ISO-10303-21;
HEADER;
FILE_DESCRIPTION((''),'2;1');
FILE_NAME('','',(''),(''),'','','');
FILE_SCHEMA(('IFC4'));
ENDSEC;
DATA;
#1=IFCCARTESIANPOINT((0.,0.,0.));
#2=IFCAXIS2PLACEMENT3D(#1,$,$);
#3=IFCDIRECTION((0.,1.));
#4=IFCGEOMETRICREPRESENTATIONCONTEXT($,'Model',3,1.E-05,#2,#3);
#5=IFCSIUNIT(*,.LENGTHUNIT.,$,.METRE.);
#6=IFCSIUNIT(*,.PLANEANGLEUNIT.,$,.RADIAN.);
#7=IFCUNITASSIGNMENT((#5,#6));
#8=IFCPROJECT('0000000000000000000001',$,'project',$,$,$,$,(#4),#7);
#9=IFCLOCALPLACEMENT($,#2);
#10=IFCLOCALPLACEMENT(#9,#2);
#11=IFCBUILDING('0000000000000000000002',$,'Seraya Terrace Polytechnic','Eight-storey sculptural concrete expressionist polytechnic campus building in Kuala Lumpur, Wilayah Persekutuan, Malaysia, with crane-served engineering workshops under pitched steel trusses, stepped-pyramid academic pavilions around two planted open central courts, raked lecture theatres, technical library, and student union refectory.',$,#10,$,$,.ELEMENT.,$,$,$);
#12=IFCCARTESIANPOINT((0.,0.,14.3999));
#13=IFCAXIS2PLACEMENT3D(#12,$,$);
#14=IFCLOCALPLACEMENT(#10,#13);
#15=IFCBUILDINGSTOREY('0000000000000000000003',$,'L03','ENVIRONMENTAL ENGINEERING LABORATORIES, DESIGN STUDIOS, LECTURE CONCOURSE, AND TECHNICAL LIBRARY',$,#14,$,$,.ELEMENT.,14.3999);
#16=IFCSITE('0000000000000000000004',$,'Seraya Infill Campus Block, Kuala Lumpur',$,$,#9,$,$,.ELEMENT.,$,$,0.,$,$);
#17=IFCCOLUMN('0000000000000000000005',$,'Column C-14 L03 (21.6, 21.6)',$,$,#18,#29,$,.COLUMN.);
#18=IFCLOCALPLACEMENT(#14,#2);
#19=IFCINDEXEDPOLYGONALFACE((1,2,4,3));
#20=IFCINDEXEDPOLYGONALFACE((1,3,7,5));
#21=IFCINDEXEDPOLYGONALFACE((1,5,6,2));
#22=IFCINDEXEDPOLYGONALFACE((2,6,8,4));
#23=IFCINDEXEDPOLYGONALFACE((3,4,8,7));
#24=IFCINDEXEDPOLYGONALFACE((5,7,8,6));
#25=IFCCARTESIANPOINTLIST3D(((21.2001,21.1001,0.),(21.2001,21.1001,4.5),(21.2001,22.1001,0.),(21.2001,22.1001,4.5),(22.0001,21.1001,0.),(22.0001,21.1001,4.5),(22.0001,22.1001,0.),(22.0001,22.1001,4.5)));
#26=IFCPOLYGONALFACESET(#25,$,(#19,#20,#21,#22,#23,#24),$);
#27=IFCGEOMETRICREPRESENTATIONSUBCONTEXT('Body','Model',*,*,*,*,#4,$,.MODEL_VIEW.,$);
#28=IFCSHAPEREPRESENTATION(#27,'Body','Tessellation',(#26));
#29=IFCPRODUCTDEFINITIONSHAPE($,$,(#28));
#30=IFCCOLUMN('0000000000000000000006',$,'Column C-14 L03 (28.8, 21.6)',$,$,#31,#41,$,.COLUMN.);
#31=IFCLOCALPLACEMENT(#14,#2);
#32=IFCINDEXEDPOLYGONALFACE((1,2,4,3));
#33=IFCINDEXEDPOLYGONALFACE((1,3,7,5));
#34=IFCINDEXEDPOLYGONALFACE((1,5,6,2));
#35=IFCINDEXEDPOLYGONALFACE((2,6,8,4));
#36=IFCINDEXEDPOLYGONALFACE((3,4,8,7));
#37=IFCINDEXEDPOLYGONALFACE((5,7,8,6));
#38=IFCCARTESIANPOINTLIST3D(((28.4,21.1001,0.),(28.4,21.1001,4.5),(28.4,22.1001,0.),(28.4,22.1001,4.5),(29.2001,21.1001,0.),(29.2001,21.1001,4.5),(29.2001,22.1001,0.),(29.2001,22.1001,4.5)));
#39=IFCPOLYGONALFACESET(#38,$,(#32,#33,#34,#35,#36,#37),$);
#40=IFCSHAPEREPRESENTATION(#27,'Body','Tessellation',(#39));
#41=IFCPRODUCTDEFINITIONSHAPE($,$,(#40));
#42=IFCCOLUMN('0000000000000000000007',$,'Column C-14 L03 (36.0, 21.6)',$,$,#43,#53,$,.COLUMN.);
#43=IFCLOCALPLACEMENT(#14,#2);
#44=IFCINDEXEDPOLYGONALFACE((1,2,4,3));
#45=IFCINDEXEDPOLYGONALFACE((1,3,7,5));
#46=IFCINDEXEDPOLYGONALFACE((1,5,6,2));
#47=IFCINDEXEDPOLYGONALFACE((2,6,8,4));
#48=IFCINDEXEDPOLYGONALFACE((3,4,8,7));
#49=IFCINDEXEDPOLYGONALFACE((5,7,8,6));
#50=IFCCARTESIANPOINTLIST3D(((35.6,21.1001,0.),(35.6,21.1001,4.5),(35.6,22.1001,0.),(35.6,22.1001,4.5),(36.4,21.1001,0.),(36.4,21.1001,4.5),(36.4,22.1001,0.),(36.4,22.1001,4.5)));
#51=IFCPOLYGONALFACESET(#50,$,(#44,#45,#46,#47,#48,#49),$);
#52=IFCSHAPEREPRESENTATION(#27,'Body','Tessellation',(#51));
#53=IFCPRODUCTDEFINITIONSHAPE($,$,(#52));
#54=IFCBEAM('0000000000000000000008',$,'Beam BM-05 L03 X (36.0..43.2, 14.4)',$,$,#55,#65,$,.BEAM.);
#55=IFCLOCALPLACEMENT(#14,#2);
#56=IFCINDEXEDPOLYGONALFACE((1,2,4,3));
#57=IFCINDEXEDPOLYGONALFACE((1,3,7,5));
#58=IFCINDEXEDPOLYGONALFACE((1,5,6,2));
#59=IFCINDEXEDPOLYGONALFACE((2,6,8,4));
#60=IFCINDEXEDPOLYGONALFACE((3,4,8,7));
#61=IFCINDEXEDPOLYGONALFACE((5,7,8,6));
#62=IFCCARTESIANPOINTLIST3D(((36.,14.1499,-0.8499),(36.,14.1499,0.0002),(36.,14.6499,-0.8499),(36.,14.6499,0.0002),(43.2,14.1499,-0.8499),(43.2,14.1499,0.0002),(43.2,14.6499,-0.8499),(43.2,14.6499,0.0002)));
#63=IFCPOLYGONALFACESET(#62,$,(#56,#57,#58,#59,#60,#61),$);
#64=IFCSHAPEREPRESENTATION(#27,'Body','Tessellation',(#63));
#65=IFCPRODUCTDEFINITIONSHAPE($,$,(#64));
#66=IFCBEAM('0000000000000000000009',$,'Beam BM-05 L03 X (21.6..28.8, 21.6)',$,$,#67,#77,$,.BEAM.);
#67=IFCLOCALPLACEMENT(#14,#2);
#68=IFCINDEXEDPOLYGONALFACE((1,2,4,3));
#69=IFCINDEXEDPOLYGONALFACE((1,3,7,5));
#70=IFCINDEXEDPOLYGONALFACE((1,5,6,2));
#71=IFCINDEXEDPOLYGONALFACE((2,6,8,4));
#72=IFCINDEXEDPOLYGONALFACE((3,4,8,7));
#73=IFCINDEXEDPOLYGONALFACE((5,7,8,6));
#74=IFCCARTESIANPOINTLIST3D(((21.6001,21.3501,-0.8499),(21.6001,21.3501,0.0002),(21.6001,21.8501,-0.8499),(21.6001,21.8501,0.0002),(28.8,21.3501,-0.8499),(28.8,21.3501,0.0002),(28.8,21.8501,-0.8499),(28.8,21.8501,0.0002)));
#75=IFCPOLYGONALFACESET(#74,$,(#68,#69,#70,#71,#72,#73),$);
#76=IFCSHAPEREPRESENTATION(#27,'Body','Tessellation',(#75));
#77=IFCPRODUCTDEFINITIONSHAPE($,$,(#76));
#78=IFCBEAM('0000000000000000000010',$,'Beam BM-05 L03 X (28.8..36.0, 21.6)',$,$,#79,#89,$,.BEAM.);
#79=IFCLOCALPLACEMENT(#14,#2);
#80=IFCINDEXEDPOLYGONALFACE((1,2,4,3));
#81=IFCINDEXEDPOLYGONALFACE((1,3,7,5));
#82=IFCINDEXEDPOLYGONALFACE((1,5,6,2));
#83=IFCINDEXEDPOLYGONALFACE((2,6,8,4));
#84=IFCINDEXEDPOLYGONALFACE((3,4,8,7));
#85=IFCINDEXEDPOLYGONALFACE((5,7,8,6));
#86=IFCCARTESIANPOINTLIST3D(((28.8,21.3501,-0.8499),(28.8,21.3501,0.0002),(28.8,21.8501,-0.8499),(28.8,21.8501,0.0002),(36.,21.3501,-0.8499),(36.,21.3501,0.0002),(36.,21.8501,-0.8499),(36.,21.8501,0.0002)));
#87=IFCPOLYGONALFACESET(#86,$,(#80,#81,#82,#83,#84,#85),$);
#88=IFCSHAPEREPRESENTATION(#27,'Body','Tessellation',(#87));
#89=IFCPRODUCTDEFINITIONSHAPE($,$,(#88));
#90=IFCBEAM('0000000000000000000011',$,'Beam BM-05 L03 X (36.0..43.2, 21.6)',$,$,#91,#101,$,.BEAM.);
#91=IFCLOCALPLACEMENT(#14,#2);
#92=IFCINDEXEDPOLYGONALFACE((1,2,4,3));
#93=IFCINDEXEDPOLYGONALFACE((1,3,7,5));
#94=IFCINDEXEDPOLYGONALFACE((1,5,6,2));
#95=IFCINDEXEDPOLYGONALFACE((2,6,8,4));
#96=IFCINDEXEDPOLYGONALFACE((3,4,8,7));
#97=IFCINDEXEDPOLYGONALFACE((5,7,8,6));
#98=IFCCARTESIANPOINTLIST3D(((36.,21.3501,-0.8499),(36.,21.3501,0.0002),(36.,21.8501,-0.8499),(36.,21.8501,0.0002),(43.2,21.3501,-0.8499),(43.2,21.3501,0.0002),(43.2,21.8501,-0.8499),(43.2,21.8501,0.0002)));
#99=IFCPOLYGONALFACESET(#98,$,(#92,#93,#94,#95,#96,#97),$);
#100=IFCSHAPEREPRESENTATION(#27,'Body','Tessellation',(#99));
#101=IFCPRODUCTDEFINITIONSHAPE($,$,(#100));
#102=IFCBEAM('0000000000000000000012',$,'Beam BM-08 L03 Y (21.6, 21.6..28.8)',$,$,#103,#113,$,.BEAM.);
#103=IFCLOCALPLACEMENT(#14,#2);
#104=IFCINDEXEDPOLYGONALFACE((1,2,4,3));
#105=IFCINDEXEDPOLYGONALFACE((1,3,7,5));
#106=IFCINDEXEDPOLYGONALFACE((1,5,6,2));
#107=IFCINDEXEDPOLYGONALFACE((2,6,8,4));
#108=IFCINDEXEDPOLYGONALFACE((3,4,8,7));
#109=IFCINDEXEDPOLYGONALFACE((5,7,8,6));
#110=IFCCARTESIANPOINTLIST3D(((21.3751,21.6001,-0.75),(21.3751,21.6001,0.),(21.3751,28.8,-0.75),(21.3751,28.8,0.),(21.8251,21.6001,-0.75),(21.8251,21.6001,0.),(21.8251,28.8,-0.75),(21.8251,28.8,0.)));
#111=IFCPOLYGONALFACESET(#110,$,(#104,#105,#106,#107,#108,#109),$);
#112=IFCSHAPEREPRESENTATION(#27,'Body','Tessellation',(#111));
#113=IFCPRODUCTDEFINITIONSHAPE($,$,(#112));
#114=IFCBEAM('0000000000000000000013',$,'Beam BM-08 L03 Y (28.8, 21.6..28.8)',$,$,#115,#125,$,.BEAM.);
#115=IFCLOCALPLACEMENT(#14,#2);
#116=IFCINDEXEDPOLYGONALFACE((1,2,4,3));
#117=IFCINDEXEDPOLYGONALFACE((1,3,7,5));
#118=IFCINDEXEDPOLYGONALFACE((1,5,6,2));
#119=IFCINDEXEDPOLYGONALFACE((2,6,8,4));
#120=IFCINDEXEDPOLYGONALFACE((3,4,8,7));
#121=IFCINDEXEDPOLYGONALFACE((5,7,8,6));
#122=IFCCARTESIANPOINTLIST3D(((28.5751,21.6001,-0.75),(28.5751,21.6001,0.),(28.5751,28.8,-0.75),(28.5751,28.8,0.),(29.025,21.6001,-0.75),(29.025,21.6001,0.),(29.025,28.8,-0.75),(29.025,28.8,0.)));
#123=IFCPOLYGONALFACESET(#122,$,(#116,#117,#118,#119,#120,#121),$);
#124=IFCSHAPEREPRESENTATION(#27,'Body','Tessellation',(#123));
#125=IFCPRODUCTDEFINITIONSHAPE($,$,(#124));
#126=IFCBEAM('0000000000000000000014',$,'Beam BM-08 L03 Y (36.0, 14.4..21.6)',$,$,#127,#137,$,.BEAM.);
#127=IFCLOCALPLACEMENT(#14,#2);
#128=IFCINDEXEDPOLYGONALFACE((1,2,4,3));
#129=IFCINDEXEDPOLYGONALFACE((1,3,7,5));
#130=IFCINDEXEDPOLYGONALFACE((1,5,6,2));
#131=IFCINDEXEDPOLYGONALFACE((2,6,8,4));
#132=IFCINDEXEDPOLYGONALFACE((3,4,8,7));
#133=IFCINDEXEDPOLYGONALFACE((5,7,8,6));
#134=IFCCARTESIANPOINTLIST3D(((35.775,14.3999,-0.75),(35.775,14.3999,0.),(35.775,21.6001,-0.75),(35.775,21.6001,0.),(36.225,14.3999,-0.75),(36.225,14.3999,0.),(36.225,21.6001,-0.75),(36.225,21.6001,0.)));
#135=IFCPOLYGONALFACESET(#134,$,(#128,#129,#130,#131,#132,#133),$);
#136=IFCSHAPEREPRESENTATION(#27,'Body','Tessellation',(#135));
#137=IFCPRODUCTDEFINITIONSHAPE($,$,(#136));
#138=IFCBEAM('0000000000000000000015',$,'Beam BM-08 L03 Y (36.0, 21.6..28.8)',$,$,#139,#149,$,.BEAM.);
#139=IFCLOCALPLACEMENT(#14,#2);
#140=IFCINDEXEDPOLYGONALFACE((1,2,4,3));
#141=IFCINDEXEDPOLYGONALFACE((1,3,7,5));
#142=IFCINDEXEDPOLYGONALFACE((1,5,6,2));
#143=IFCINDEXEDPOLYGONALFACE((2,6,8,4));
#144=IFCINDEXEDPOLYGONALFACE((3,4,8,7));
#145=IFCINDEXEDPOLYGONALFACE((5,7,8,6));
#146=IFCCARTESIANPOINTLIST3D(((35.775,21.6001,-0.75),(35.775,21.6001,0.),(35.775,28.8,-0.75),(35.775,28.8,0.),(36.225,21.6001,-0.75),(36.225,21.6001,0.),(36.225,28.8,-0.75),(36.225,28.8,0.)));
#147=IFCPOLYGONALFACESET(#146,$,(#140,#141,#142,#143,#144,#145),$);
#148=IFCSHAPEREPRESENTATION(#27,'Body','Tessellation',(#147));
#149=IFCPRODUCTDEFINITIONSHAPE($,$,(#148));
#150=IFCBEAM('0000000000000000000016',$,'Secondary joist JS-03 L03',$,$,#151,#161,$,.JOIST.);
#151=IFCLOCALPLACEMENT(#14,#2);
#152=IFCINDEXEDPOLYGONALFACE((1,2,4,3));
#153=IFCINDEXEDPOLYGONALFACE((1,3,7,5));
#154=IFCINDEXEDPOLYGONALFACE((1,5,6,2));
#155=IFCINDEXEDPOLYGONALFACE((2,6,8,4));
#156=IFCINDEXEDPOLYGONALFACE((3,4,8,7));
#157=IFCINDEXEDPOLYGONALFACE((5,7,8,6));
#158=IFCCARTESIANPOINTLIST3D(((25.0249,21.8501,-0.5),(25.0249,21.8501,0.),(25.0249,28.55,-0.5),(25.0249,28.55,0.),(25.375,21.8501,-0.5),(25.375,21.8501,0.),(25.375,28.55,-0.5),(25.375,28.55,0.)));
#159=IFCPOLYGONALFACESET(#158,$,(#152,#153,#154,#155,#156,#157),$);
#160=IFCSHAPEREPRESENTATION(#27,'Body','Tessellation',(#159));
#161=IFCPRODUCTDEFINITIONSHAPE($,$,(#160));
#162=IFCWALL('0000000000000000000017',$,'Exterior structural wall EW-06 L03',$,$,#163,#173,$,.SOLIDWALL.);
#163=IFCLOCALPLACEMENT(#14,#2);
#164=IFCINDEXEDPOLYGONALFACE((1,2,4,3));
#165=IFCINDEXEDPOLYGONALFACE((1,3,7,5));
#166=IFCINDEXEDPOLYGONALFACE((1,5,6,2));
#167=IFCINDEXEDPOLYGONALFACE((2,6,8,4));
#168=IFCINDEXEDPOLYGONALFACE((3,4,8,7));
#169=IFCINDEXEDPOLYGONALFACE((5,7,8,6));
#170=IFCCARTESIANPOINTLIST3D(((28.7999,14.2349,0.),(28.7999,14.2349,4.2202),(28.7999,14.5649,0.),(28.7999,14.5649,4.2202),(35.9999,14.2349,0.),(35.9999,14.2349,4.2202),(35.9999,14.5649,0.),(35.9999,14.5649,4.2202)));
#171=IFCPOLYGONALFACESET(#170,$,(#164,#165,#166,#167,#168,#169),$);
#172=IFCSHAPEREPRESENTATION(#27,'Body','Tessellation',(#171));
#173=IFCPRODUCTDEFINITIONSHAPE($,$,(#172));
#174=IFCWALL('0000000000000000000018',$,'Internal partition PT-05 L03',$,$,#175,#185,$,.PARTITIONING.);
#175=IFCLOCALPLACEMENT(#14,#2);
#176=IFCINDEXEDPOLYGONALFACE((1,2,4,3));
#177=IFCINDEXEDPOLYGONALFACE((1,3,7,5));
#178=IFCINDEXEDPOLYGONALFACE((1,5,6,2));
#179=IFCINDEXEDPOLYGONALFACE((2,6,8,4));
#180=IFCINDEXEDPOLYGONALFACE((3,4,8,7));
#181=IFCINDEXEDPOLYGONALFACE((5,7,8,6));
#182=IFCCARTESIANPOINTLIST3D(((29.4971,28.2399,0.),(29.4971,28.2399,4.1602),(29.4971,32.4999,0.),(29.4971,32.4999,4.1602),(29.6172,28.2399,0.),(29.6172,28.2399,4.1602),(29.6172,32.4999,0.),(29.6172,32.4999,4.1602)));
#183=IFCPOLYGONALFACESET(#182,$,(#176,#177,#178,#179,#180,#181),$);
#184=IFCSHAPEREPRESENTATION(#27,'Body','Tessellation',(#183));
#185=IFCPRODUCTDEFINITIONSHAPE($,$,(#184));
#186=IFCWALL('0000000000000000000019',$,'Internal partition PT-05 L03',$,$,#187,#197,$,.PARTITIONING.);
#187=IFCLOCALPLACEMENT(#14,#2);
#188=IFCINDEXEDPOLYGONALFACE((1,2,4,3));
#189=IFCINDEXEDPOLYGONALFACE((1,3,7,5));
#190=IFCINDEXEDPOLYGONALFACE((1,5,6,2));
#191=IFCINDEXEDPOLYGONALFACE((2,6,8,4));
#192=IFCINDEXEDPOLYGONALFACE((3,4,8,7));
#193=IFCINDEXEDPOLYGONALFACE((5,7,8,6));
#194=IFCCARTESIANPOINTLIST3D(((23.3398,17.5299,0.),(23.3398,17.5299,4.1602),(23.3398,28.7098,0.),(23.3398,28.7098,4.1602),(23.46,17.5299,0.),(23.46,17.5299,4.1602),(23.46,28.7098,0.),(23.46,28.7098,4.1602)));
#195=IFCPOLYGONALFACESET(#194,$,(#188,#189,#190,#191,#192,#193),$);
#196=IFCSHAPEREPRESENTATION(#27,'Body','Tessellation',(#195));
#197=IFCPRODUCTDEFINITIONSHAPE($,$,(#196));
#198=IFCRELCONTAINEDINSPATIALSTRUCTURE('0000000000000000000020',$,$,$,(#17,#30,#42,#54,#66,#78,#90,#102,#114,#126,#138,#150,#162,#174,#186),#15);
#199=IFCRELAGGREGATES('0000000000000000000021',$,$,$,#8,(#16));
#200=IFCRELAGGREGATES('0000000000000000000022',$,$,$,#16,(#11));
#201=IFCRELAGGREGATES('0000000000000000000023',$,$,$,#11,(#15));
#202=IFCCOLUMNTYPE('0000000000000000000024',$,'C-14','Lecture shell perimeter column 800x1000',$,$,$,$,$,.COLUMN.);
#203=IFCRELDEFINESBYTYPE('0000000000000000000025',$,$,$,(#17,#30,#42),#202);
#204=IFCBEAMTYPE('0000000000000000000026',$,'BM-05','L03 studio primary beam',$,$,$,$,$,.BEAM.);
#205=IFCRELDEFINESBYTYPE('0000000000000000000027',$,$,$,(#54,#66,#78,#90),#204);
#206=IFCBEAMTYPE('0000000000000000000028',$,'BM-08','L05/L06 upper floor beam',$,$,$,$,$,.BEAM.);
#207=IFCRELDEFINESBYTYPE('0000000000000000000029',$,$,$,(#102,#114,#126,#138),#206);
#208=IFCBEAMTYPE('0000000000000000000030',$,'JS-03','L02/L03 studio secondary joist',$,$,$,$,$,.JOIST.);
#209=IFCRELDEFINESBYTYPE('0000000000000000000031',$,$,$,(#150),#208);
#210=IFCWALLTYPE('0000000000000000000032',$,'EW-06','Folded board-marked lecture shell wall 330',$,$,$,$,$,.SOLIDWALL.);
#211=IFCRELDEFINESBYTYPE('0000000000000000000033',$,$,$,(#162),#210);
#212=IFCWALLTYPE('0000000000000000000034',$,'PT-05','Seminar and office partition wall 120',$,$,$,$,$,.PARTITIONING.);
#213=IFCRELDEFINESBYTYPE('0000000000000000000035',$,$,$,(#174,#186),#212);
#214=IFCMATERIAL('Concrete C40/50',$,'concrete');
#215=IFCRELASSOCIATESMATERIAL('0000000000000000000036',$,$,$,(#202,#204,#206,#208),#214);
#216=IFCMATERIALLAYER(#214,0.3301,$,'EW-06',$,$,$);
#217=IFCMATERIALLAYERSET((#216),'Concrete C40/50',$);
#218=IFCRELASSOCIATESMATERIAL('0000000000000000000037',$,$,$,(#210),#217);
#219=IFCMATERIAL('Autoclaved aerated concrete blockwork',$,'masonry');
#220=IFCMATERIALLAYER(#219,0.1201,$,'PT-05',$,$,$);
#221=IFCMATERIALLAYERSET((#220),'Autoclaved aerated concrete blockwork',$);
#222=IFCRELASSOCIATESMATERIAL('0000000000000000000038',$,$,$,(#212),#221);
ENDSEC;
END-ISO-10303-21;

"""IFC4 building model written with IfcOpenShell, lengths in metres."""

from ifc_helpers import new_model, si_unit, direction, frame, frame_2d, origin, origin_2d, place, context, subcontext, project, spatial, rectangle, extrude, material, layer, layer_set, material_profile, profile_set, type_object, element, save


model = new_model("IFC4")

# Units and contexts
model_context = context("Model", 3, precision=1e-05, world=origin(), true_north=direction((0.0, 1.0)))
body_context = subcontext(model_context, "Body", "Model", "MODEL_VIEW")
ifc_project = project(units=[si_unit("LENGTHUNIT", "METRE"), si_unit("PLANEANGLEUNIT", "RADIAN")], contexts=[model_context])

# Site, building, storey
site_placement = place(None, origin())
site = spatial("IfcSite", under=ifc_project, at=site_placement, Name="Seraya Infill Campus Block, Kuala Lumpur", CompositionType="ELEMENT", RefElevation=0.0)
building_placement = place(site_placement, origin())
building = spatial("IfcBuilding", under=site, at=building_placement, Name="Seraya Terrace Polytechnic", Description="Eight-storey sculptural concrete expressionist polytechnic campus building in Kuala Lumpur, Wilayah Persekutuan, Malaysia, with crane-served engineering workshops under pitched steel trusses, stepped-pyramid academic pavilions around two planted open central courts, raked lecture theatres, technical library, and student union refectory.", CompositionType="ELEMENT")
storey_placement = place(building_placement, frame((0.0, 0.0, 14.3999)))
storey = spatial("IfcBuildingStorey", under=building, at=storey_placement, Name="L03", Description="ENVIRONMENTAL ENGINEERING LABORATORIES, DESIGN STUDIOS, LECTURE CONCOURSE, AND TECHNICAL LIBRARY", CompositionType="ELEMENT", Elevation=14.3999)

# Columns
ifc_material_1 = material(Name="Concrete C40/50", Category="concrete")
ifc_material_profile_1 = material_profile(ifc_material_1, rectangle(XDim=0.8, YDim=1.0, at=origin_2d()), Name="RC 800x1000")
ifc_profile_set_1 = profile_set([ifc_material_profile_1], Name="Concrete C40/50")
column_type = type_object("IfcColumnType", Name="C-14", Description="Lecture shell perimeter column 800x1000", PredefinedType="COLUMN", material=ifc_profile_set_1)
for number, where, z_axis, x_axis, name in (
    (1, (21.6001, 21.6001, 0.0), (0.0, 0.0, 1.0), (1.0, 0.0, 0.0), "Column C-14 L03 (21.6, 21.6)"),
    (2, (28.8, 21.6001, 0.0), (0.0, 0.0, 1.0), (1.0, 0.0, 0.0), "Column C-14 L03 (28.8, 21.6)"),
    (3, (36.0, 21.6001, 0.0), (0.0, 0.0, 1.0), (1.0, 0.0, 0.0), "Column C-14 L03 (36.0, 21.6)"),
):
    element("IfcColumn", number, at=place(storey_placement, frame(where, z_axis=z_axis, x_axis=x_axis)), inside=storey, type_object=column_type, Name=name, PredefinedType="COLUMN", context=body_context, shape_type="SweptSolid", body=[
        extrude(rectangle(XDim=0.8, YDim=1.0, at=origin_2d()), origin(), (0.0, 0.0, 1.0), 4.5),
    ])

# Beams
ifc_material_profile_2 = material_profile(ifc_material_1, rectangle(XDim=0.5, YDim=0.8501, at=origin_2d()), Name="RC 500x850")
ifc_profile_set_2 = profile_set([ifc_material_profile_2], Name="Concrete C40/50")
beam_type_1 = type_object("IfcBeamType", Name="BM-05", Description="L03 studio primary beam", PredefinedType="BEAM", material=ifc_profile_set_2)
for number, where, z_axis, x_axis, name in (
    (4, (36.0, 14.3999, -0.4248), (1.0, 0.0, 0.0), (0.0, 1.0, 0.0), "Beam BM-05 L03 X (36.0..43.2, 14.4)"),
    (5, (21.6001, 21.6001, -0.4248), (1.0, 0.0, 0.0), (0.0, 1.0, 0.0), "Beam BM-05 L03 X (21.6..28.8, 21.6)"),
    (6, (28.8, 21.6001, -0.4248), (1.0, 0.0, 0.0), (0.0, 1.0, 0.0), "Beam BM-05 L03 X (28.8..36.0, 21.6)"),
    (7, (36.0, 21.6001, -0.4248), (1.0, 0.0, 0.0), (0.0, 1.0, 0.0), "Beam BM-05 L03 X (36.0..43.2, 21.6)"),
):
    element("IfcBeam", number, at=place(storey_placement, frame(where, z_axis=z_axis, x_axis=x_axis)), inside=storey, type_object=beam_type_1, Name=name, PredefinedType="BEAM", context=body_context, shape_type="SweptSolid", body=[
        extrude(rectangle(XDim=0.5, YDim=0.8501, at=origin_2d()), origin(), (0.0, 0.0, 1.0), 7.2),
    ])
ifc_material_profile_3 = material_profile(ifc_material_1, rectangle(XDim=0.45, YDim=0.75, at=origin_2d()), Name="RC 450x750")
ifc_profile_set_3 = profile_set([ifc_material_profile_3], Name="Concrete C40/50")
beam_type_2 = type_object("IfcBeamType", Name="BM-08", Description="L05/L06 upper floor beam", PredefinedType="BEAM", material=ifc_profile_set_3)
for number, where, z_axis, x_axis, name in (
    (8, (21.6001, 21.6001, -0.375), (0.0, 1.0, 0.0), (-1.0, 0.0, 0.0), "Beam BM-08 L03 Y (21.6, 21.6..28.8)"),
    (9, (28.8, 21.6001, -0.375), (0.0, 1.0, 0.0), (-1.0, 0.0, 0.0), "Beam BM-08 L03 Y (28.8, 21.6..28.8)"),
):
    element("IfcBeam", number, at=place(storey_placement, frame(where, z_axis=z_axis, x_axis=x_axis)), inside=storey, type_object=beam_type_2, Name=name, PredefinedType="BEAM", context=body_context, shape_type="SweptSolid", body=[
        extrude(rectangle(XDim=0.45, YDim=0.75, at=origin_2d()), origin(), (0.0, 0.0, 1.0), 7.2),
    ])
beam_1_placement = place(storey_placement, frame((36.0, 14.3999, -0.375), z_axis=(0.0, 1.0, 0.0), x_axis=(-1.0, 0.0, 0.0)))
element("IfcBeam", 10, at=beam_1_placement, inside=storey, type_object=beam_type_2, Name="Beam BM-08 L03 Y (36.0, 14.4..21.6)", PredefinedType="BEAM", context=body_context, shape_type="SweptSolid", body=[
    extrude(rectangle(XDim=0.45, YDim=0.75, at=origin_2d()), origin(), (0.0, 0.0, 1.0), 7.2002),
])
beam_2_placement = place(storey_placement, frame((36.0, 21.6001, -0.375), z_axis=(0.0, 1.0, 0.0), x_axis=(-1.0, 0.0, 0.0)))
element("IfcBeam", 11, at=beam_2_placement, inside=storey, type_object=beam_type_2, Name="Beam BM-08 L03 Y (36.0, 21.6..28.8)", PredefinedType="BEAM", context=body_context, shape_type="SweptSolid", body=[
    extrude(rectangle(XDim=0.45, YDim=0.75, at=origin_2d()), origin(), (0.0, 0.0, 1.0), 7.2),
])
ifc_material_profile_4 = material_profile(ifc_material_1, rectangle(XDim=0.3501, YDim=0.5, at=origin_2d()), Name="RC 350x500")
ifc_profile_set_4 = profile_set([ifc_material_profile_4], Name="Concrete C40/50")
beam_type_3 = type_object("IfcBeamType", Name="JS-03", Description="L02/L03 studio secondary joist", PredefinedType="JOIST", material=ifc_profile_set_4)
beam_3_placement = place(storey_placement, frame((25.2, 21.8501, -0.25), z_axis=(0.0, 1.0, 0.0), x_axis=(-1.0, 0.0, 0.0)))
element("IfcBeam", 12, at=beam_3_placement, inside=storey, type_object=beam_type_3, Name="Secondary joist JS-03 L03", PredefinedType="JOIST", context=body_context, shape_type="SweptSolid", body=[
    extrude(rectangle(XDim=0.3501, YDim=0.5, at=origin_2d()), origin(), (0.0, 0.0, 1.0), 6.7),
])

# Walls
ifc_layer_1 = layer(ifc_material_1, 0.3301, Name="EW-06")
ifc_layer_set_1 = layer_set([ifc_layer_1], Name="Concrete C40/50")
wall_type_1 = type_object("IfcWallType", Name="EW-06", Description="Folded board-marked lecture shell wall 330", PredefinedType="SOLIDWALL", material=ifc_layer_set_1)
wall_1_placement = place(storey_placement, frame((36.0, 14.3999, 0.0), z_axis=(0.0, 0.0, 1.0), x_axis=(-1.0, 0.0, 0.0)))
element("IfcWall", 13, at=wall_1_placement, inside=storey, type_object=wall_type_1, Name="Exterior structural wall EW-06 L03", PredefinedType="SOLIDWALL", context=body_context, shape_type="SweptSolid", body=[
    extrude(rectangle(XDim=7.2, YDim=0.3301, at=frame_2d((3.6001, 0.0))), origin(), (0.0, 0.0, 1.0), 4.2202),
])
ifc_material_2 = material(Name="Autoclaved aerated concrete blockwork", Category="masonry")
ifc_layer_2 = layer(ifc_material_2, 0.1201, Name="PT-05")
ifc_layer_set_2 = layer_set([ifc_layer_2], Name="Autoclaved aerated concrete blockwork")
wall_type_2 = type_object("IfcWallType", Name="PT-05", Description="Seminar and office partition wall 120", PredefinedType="PARTITIONING", material=ifc_layer_set_2)
wall_2_placement = place(storey_placement, frame((29.5571, 28.24, 0.0), z_axis=(0.0, 0.0, 1.0), x_axis=(0.0, 1.0, 0.0)))
element("IfcWall", 14, at=wall_2_placement, inside=storey, type_object=wall_type_2, Name="Internal partition PT-05 L03", PredefinedType="PARTITIONING", context=body_context, shape_type="SweptSolid", body=[
    extrude(rectangle(XDim=4.26, YDim=0.1201, at=frame_2d((2.1299, 0.0))), origin(), (0.0, 0.0, 1.0), 4.1602),
])
wall_3_placement = place(storey_placement, frame((23.3999, 17.53, 0.0), z_axis=(0.0, 0.0, 1.0), x_axis=(0.0, 1.0, 0.0)))
element("IfcWall", 15, at=wall_3_placement, inside=storey, type_object=wall_type_2, Name="Internal partition PT-05 L03", PredefinedType="PARTITIONING", context=body_context, shape_type="SweptSolid", body=[
    extrude(rectangle(XDim=11.1799, YDim=0.1201, at=frame_2d((5.5898, 0.0))), origin(), (0.0, 0.0, 1.0), 4.1602),
])

save(model, "model.ifc")
